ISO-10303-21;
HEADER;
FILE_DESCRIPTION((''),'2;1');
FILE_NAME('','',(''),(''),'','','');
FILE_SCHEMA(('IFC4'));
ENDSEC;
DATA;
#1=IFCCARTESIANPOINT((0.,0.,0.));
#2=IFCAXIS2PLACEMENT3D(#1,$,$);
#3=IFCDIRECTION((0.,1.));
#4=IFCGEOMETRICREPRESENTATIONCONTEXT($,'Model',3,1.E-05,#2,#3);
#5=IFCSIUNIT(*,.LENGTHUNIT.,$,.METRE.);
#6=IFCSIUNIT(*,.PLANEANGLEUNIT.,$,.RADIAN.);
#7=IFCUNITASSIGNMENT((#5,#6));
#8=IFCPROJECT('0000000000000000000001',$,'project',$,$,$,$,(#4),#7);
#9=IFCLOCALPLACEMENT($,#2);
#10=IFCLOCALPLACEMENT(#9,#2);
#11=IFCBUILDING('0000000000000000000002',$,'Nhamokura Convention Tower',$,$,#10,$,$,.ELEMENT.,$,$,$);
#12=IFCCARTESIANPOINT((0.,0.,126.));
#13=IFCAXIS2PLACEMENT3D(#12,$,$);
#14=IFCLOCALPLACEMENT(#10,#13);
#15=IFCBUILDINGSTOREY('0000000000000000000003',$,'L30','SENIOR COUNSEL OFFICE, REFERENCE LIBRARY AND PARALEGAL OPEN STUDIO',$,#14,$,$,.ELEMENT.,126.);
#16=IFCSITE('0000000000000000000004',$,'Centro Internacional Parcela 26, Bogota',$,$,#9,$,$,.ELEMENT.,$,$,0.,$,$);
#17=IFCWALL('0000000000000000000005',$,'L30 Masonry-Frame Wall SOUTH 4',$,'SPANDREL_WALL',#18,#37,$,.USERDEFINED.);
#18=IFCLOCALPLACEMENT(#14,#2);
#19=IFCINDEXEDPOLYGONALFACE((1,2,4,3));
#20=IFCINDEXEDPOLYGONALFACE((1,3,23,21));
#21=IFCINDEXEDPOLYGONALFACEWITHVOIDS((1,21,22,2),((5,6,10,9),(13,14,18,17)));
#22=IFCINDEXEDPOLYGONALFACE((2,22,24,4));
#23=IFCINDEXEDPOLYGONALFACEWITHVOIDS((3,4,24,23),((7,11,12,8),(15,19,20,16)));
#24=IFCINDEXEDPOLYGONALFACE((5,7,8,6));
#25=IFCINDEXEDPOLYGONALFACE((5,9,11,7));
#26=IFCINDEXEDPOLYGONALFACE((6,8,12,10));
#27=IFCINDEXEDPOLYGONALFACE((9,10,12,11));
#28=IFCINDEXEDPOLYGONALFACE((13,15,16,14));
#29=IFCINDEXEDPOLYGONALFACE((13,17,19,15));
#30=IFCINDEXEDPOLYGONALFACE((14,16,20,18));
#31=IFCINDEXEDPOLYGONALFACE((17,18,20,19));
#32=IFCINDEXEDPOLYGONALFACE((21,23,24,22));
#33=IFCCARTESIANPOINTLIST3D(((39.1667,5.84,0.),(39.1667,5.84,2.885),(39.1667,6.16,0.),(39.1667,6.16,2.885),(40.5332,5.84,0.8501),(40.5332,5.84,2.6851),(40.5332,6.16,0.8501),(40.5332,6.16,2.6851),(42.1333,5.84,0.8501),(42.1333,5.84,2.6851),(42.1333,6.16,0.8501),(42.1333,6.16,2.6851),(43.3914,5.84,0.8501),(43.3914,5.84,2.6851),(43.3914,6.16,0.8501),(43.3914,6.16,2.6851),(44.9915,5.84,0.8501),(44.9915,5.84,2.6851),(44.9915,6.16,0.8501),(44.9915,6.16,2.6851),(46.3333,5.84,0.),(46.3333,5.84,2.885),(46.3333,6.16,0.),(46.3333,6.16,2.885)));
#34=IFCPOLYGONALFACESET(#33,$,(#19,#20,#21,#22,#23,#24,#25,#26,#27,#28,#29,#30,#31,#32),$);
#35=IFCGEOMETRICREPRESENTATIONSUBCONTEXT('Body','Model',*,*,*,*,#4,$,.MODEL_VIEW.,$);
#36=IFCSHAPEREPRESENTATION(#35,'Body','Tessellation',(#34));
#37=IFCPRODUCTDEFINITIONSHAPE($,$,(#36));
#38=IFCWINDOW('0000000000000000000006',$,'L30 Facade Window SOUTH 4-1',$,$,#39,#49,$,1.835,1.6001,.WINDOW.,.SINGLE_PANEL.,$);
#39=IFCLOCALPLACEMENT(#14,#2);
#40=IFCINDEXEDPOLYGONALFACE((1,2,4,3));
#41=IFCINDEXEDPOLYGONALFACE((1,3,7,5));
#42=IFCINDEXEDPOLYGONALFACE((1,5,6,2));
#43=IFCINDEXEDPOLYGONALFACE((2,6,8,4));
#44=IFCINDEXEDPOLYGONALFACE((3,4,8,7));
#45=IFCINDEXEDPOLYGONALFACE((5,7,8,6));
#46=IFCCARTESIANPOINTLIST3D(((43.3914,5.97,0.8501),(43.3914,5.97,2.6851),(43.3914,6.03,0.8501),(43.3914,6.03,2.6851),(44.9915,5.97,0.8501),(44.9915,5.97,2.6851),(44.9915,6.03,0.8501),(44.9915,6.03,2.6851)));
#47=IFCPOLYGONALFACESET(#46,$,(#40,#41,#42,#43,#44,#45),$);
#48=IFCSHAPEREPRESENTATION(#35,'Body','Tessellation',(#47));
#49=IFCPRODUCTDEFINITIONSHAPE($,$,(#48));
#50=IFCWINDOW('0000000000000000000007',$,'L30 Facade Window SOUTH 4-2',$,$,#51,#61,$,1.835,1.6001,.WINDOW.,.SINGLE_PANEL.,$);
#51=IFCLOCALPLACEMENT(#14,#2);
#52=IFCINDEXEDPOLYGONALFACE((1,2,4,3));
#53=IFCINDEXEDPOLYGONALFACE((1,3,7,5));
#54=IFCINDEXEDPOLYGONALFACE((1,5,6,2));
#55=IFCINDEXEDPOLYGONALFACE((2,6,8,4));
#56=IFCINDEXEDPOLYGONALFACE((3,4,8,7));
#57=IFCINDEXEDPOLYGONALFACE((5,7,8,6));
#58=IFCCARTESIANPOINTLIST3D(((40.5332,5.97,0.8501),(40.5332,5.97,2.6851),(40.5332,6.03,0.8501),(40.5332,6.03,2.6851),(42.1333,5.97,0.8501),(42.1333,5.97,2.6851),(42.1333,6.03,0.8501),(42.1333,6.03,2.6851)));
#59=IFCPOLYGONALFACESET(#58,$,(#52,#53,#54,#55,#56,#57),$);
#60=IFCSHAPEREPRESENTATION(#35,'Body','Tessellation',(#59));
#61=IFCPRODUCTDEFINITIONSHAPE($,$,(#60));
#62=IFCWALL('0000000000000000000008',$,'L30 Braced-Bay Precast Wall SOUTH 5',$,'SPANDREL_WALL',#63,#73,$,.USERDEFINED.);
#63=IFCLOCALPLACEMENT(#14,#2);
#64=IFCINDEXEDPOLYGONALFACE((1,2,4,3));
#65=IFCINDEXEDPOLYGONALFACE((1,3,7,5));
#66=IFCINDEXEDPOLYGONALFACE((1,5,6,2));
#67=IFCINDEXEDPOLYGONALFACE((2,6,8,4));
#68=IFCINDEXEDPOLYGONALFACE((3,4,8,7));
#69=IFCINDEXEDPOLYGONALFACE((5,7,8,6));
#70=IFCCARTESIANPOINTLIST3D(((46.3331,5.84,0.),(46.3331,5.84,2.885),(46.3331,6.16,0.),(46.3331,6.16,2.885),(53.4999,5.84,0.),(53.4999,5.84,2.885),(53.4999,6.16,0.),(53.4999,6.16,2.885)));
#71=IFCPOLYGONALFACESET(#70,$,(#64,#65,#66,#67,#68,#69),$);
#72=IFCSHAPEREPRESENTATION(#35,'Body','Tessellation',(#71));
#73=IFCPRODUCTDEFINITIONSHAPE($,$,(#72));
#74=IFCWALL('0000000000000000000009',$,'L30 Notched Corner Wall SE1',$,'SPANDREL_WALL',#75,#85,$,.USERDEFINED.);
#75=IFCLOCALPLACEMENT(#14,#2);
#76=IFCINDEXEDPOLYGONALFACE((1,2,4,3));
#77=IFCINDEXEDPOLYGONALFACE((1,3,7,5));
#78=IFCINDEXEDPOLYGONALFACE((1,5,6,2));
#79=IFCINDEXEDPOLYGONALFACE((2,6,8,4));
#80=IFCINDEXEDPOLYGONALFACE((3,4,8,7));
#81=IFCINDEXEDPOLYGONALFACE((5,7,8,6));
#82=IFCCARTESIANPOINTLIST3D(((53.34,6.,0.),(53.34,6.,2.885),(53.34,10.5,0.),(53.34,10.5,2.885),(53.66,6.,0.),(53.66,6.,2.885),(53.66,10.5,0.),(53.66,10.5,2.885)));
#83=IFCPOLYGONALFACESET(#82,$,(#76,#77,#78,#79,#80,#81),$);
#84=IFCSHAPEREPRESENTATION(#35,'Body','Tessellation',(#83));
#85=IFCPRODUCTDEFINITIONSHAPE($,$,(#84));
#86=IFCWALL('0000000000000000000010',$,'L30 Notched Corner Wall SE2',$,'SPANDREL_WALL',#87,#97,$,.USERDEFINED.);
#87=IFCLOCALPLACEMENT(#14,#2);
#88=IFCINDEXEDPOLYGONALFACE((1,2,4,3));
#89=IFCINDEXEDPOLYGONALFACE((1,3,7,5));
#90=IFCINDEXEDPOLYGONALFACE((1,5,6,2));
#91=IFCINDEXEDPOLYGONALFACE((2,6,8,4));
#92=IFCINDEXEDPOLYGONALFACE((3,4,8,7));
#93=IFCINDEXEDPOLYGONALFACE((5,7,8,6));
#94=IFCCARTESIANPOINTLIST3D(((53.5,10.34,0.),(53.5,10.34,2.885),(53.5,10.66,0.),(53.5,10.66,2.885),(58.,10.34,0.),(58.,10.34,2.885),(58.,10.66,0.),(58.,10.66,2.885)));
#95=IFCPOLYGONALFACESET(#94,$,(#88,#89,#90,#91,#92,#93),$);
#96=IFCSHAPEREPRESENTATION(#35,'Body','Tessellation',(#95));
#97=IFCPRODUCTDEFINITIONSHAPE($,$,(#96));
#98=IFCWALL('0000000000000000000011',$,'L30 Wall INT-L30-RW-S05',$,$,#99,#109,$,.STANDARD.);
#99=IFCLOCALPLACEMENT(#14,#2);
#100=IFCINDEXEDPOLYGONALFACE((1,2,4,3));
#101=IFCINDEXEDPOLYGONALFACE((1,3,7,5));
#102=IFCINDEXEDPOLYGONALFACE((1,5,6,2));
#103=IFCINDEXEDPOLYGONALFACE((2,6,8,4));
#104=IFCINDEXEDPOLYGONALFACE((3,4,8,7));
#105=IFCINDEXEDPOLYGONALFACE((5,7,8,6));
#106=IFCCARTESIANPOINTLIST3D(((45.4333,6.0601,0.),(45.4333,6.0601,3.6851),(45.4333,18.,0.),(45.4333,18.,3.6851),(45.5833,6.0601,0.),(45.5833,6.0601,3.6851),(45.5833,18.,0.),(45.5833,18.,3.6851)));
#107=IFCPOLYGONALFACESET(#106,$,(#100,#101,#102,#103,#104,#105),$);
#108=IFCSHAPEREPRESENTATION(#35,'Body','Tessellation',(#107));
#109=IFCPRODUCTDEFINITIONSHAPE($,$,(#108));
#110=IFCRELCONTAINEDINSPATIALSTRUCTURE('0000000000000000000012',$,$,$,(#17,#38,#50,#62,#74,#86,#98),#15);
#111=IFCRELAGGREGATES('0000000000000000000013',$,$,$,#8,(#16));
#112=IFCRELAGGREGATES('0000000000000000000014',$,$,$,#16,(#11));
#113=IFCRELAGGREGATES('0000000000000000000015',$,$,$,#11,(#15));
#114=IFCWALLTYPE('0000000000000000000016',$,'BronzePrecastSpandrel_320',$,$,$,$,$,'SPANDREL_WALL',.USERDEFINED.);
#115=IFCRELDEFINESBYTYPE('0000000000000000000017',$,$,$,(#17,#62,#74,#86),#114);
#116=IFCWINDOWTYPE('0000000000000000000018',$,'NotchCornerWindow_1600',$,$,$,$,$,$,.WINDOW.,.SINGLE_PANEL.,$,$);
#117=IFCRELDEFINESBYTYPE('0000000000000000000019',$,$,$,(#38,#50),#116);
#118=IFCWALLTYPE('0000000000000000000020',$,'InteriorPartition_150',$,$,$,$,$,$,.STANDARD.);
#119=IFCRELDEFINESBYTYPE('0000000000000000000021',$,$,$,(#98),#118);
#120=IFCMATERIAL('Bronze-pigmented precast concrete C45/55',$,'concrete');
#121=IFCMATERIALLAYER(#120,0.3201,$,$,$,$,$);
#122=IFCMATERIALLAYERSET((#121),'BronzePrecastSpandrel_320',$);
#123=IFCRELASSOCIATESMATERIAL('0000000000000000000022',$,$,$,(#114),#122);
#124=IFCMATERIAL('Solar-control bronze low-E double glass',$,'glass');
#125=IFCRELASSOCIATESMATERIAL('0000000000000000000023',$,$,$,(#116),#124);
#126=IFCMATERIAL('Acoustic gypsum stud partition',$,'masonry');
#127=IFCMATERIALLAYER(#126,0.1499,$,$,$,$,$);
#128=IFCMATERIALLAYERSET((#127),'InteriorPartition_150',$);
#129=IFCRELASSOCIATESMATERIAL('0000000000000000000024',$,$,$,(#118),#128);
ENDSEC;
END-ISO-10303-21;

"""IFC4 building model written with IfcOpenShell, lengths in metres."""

from ifc_helpers import new_model, si_unit, direction, frame, frame_2d, origin, place, context, subcontext, project, spatial, rectangle, extrude, material, layer, layer_set, type_object, element, fill, save


model = new_model("IFC4")

# Units and contexts
model_context = context("Model", 3, precision=1e-05, world=origin(), true_north=direction((0.0, 1.0)))
body_context = subcontext(model_context, "Body", "Model", "MODEL_VIEW")
ifc_project = project(units=[si_unit("LENGTHUNIT", "METRE"), si_unit("PLANEANGLEUNIT", "RADIAN")], contexts=[model_context])

# Site, building, storey
site_placement = place(None, origin())
site = spatial("IfcSite", under=ifc_project, at=site_placement, Name="Centro Internacional Parcela 26, Bogota", CompositionType="ELEMENT", RefElevation=0.0)
building_placement = place(site_placement, origin())
building = spatial("IfcBuilding", under=site, at=building_placement, Name="Nhamokura Convention Tower", CompositionType="ELEMENT")
storey_placement = place(building_placement, frame((0.0, 0.0, 126.0)))
storey = spatial("IfcBuildingStorey", under=building, at=storey_placement, Name="L30", Description="SENIOR COUNSEL OFFICE, REFERENCE LIBRARY AND PARALEGAL OPEN STUDIO", CompositionType="ELEMENT", Elevation=126.0)

# Wall, openings, windows
ifc_material_1 = material(Name="Bronze-pigmented precast concrete C45/55", Category="concrete")
ifc_layer_1 = layer(ifc_material_1, 0.3201)
ifc_layer_set_1 = layer_set([ifc_layer_1], Name="BronzePrecastSpandrel_320")
wall_type_1 = type_object("IfcWallType", Name="BronzePrecastSpandrel_320", ElementType="SPANDREL_WALL", PredefinedType="USERDEFINED", material=ifc_layer_set_1)
wall_1_placement = place(storey_placement, frame((46.3333, 6.0, 0.0), z_axis=(0.0, 0.0, 1.0), x_axis=(-1.0, 0.0, 0.0)))
wall_1 = element("IfcWall", 1, at=wall_1_placement, inside=storey, type_object=wall_type_1, Name="L30 Masonry-Frame Wall SOUTH 4", ObjectType="SPANDREL_WALL", PredefinedType="USERDEFINED", context=body_context, shape_type="SweptSolid", body=[
    extrude(rectangle(XDim=7.1665, YDim=0.3201, at=frame_2d((3.5833, 0.0))), origin(), (0.0, 0.0, 1.0), 2.885),
])
opening_1_placement = place(wall_1_placement, frame((1.3418, 0.0, 0.8501)))
opening_1 = element("IfcOpeningElement", 2, at=opening_1_placement, cuts=wall_1, PredefinedType="OPENING", context=body_context, shape_type="SweptSolid", body=[
    extrude(rectangle(XDim=1.6001, YDim=1.835, at=frame_2d((0.8, 0.9175))), frame((0.0, 0.1699, 0.0), z_axis=(0.0, -1.0, 0.0), x_axis=(1.0, 0.0, 0.0)), (0.0, 0.0, 1.0), 0.3401),
])
opening_2_placement = place(wall_1_placement, frame((4.2, 0.0, 0.8501)))
opening_2 = element("IfcOpeningElement", 3, at=opening_2_placement, cuts=wall_1, PredefinedType="OPENING", context=body_context, shape_type="SweptSolid", body=[
    extrude(rectangle(XDim=1.6001, YDim=1.835, at=frame_2d((0.8, 0.9175))), frame((0.0, 0.1699, 0.0), z_axis=(0.0, -1.0, 0.0), x_axis=(1.0, 0.0, 0.0)), (0.0, 0.0, 1.0), 0.3401),
])
ifc_material_2 = material(Name="Solar-control bronze low-E double glass", Category="glass")
window_type = type_object("IfcWindowType", Name="NotchCornerWindow_1600", PartitioningType="SINGLE_PANEL", PredefinedType="WINDOW", material=ifc_material_2)
window_1_placement = place(opening_1_placement, origin())
window_1 = element("IfcWindow", 4, at=window_1_placement, inside=storey, type_object=window_type, Name="L30 Facade Window SOUTH 4-1", OverallHeight=1.835, OverallWidth=1.6001, PartitioningType="SINGLE_PANEL", PredefinedType="WINDOW", context=body_context, shape_type="SweptSolid", body=[
    extrude(rectangle(XDim=1.6001, YDim=1.835, at=frame_2d((0.8, 0.9175))), frame((0.0, 0.03, 0.0), z_axis=(0.0, -1.0, 0.0), x_axis=(1.0, 0.0, 0.0)), (0.0, 0.0, 1.0), 0.0601),
])
fill(opening_1, window_1)
window_2_placement = place(opening_2_placement, origin())
window_2 = element("IfcWindow", 5, at=window_2_placement, inside=storey, type_object=window_type, Name="L30 Facade Window SOUTH 4-2", OverallHeight=1.835, OverallWidth=1.6001, PartitioningType="SINGLE_PANEL", PredefinedType="WINDOW", context=body_context, shape_type="SweptSolid", body=[
    extrude(rectangle(XDim=1.6001, YDim=1.835, at=frame_2d((0.8, 0.9175))), frame((0.0, 0.03, 0.0), z_axis=(0.0, -1.0, 0.0), x_axis=(1.0, 0.0, 0.0)), (0.0, 0.0, 1.0), 0.0601),
])
fill(opening_2, window_2)

# Walls
wall_2_placement = place(storey_placement, frame((53.5, 6.0, 0.0), z_axis=(0.0, 0.0, 1.0), x_axis=(-1.0, 0.0, 0.0)))
element("IfcWall", 6, at=wall_2_placement, inside=storey, type_object=wall_type_1, Name="L30 Braced-Bay Precast Wall SOUTH 5", ObjectType="SPANDREL_WALL", PredefinedType="USERDEFINED", context=body_context, shape_type="SweptSolid", body=[
    extrude(rectangle(XDim=7.1667, YDim=0.3201, at=frame_2d((3.5835, 0.0))), origin(), (0.0, 0.0, 1.0), 2.885),
])
for number, where, z_axis, x_axis, name in (
    (7, (53.5, 10.5, 0.0), (0.0, 0.0, 1.0), (0.0, -1.0, 0.0), "L30 Notched Corner Wall SE1"),
    (8, (58.0, 10.5, 0.0), (0.0, 0.0, 1.0), (-1.0, 0.0, 0.0), "L30 Notched Corner Wall SE2"),
):
    element("IfcWall", number, at=place(storey_placement, frame(where, z_axis=z_axis, x_axis=x_axis)), inside=storey, type_object=wall_type_1, Name=name, ObjectType="SPANDREL_WALL", PredefinedType="USERDEFINED", context=body_context, shape_type="SweptSolid", body=[
        extrude(rectangle(XDim=4.5, YDim=0.3201, at=frame_2d((2.25, 0.0))), origin(), (0.0, 0.0, 1.0), 2.885),
    ])
ifc_material_3 = material(Name="Acoustic gypsum stud partition", Category="masonry")
ifc_layer_2 = layer(ifc_material_3, 0.1499)
ifc_layer_set_2 = layer_set([ifc_layer_2], Name="InteriorPartition_150")
wall_type_2 = type_object("IfcWallType", Name="InteriorPartition_150", PredefinedType="STANDARD", material=ifc_layer_set_2)
wall_3_placement = place(storey_placement, frame((45.5083, 6.0601, 0.0), z_axis=(0.0, 0.0, 1.0), x_axis=(0.0, 1.0, 0.0)))
element("IfcWall", 9, at=wall_3_placement, inside=storey, type_object=wall_type_2, Name="L30 Wall INT-L30-RW-S05", PredefinedType="STANDARD", context=body_context, shape_type="SweptSolid", body=[
    extrude(rectangle(XDim=11.9399, YDim=0.1499, at=frame_2d((5.97, 0.0))), origin(), (0.0, 0.0, 1.0), 3.6851),
])

save(model, "model.ifc")
